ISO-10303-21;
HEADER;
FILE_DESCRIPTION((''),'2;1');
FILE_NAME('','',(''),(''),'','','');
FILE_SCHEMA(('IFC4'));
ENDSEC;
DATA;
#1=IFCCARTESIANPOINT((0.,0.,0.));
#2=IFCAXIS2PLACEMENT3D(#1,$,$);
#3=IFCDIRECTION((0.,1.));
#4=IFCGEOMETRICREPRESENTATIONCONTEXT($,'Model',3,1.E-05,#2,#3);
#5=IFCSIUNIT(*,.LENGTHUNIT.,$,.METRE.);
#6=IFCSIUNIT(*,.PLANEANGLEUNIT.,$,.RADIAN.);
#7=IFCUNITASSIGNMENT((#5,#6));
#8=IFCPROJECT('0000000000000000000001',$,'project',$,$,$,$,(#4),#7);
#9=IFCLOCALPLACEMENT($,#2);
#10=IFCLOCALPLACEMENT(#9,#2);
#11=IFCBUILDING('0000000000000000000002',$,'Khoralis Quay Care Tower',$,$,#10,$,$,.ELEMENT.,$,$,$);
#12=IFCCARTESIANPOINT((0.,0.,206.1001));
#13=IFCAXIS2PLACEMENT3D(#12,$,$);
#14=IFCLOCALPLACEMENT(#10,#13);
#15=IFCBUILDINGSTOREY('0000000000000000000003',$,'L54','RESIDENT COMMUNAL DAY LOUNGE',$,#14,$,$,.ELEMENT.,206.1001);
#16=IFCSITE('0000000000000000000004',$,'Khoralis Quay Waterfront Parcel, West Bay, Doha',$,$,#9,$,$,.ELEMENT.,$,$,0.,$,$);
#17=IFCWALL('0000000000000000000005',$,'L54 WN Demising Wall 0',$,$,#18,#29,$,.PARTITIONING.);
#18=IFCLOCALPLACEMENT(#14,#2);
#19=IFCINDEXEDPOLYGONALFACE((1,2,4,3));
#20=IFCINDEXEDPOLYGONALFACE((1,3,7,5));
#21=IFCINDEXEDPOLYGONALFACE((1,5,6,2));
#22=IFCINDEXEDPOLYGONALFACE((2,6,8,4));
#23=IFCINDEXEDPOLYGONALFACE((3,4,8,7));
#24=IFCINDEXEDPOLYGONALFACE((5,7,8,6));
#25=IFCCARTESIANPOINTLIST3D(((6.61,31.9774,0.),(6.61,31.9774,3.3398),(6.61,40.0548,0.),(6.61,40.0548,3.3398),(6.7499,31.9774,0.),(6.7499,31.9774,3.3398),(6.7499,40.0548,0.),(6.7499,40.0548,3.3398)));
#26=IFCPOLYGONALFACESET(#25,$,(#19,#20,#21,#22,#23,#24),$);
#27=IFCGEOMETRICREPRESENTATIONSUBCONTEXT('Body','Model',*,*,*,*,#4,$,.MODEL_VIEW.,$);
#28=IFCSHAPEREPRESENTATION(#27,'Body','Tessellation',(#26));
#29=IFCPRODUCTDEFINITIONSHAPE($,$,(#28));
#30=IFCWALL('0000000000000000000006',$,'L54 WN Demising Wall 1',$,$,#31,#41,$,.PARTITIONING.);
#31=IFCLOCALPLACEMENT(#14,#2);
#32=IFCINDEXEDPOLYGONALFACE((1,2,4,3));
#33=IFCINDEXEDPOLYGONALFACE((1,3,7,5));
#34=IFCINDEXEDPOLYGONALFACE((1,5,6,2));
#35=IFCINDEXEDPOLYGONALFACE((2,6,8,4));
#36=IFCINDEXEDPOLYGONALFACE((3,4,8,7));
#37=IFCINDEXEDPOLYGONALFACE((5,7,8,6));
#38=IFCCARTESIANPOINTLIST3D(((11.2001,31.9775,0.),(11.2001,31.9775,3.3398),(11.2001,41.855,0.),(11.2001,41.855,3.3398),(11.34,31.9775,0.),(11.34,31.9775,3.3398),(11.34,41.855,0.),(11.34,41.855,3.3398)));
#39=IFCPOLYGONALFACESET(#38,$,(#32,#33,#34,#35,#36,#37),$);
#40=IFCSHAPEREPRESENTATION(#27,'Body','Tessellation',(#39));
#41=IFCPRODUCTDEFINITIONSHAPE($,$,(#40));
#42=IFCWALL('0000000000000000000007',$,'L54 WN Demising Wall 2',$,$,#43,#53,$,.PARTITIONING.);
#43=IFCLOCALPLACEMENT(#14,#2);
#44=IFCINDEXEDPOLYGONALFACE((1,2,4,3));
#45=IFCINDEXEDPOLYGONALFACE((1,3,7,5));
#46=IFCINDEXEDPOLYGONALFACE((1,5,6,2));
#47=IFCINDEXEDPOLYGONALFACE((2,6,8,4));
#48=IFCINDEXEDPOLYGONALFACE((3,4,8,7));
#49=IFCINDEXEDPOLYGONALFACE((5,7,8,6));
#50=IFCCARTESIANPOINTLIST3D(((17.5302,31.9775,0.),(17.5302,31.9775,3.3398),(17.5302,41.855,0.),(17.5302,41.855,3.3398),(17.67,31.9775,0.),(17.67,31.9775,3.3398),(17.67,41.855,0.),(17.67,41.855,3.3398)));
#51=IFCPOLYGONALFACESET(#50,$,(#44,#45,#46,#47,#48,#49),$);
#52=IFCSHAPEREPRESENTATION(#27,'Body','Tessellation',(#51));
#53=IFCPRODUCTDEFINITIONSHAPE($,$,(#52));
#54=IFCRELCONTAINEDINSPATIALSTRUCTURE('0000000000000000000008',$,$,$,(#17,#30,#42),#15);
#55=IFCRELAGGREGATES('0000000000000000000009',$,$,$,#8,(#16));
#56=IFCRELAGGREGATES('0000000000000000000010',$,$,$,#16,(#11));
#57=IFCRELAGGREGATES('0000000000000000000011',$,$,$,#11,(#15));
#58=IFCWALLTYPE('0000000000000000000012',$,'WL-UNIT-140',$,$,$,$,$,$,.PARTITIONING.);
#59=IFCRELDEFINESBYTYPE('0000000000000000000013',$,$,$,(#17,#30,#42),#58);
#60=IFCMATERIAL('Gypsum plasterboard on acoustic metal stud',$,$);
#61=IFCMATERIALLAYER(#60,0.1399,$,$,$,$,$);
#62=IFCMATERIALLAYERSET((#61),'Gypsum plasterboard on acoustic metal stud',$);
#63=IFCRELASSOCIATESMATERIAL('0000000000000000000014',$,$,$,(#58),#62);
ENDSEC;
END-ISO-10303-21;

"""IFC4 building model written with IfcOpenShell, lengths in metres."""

from ifc_helpers import new_model, si_unit, direction, frame, frame_2d, origin, place, context, subcontext, project, spatial, rectangle, extrude, material, layer, layer_set, type_object, element, save


model = new_model("IFC4")

# Units and contexts
model_context = context("Model", 3, precision=1e-05, world=origin(), true_north=direction((0.0, 1.0)))
body_context = subcontext(model_context, "Body", "Model", "MODEL_VIEW")
ifc_project = project(units=[si_unit("LENGTHUNIT", "METRE"), si_unit("PLANEANGLEUNIT", "RADIAN")], contexts=[model_context])

# Site, building, storey
site_placement = place(None, origin())
site = spatial("IfcSite", under=ifc_project, at=site_placement, Name="Khoralis Quay Waterfront Parcel, West Bay, Doha", CompositionType="ELEMENT", RefElevation=0.0)
building_placement = place(site_placement, origin())
building = spatial("IfcBuilding", under=site, at=building_placement, Name="Khoralis Quay Care Tower", CompositionType="ELEMENT")
storey_placement = place(building_placement, frame((0.0, 0.0, 206.1001)))
storey = spatial("IfcBuildingStorey", under=building, at=storey_placement, Name="L54", Description="RESIDENT COMMUNAL DAY LOUNGE", CompositionType="ELEMENT", Elevation=206.1001)

# Shared definitions
ifc_material_1 = material(Name="Gypsum plasterboard on acoustic metal stud")

# Walls
ifc_layer_1 = layer(ifc_material_1, 0.1399)
ifc_layer_set_1 = layer_set([ifc_layer_1], Name="Gypsum plasterboard on acoustic metal stud")
wall_type_1 = type_object("IfcWallType", Name="WL-UNIT-140", PredefinedType="PARTITIONING", material=ifc_layer_set_1)
wall_1_placement = place(storey_placement, frame((6.6799, 31.9775, 0.0), z_axis=(0.0, 0.0, 1.0), x_axis=(0.0, 1.0, 0.0)))
element("IfcWall", 1, at=wall_1_placement, inside=storey, type_object=wall_type_1, Name="L54 WN Demising Wall 0", PredefinedType="PARTITIONING", context=body_context, shape_type="SweptSolid", body=[
    extrude(rectangle(XDim=8.0774, YDim=0.1399, at=frame_2d((4.0386, 0.0))), origin(), (0.0, 0.0, 1.0), 3.3398),
])
for number, where, z_axis, x_axis, name in (
    (2, (11.27, 31.9775, 0.0), (0.0, 0.0, 1.0), (0.0, 1.0, 0.0), "L54 WN Demising Wall 1"),
    (3, (17.6001, 31.9775, 0.0), (0.0, 0.0, 1.0), (0.0, 1.0, 0.0), "L54 WN Demising Wall 2"),
):
    element("IfcWall", number, at=place(storey_placement, frame(where, z_axis=z_axis, x_axis=x_axis)), inside=storey, type_object=wall_type_1, Name=name, PredefinedType="PARTITIONING", context=body_context, shape_type="SweptSolid", body=[
        extrude(rectangle(XDim=9.8774, YDim=0.1399, at=frame_2d((4.9387, 0.0))), origin(), (0.0, 0.0, 1.0), 3.3398),
    ])

save(model, "model.ifc")
